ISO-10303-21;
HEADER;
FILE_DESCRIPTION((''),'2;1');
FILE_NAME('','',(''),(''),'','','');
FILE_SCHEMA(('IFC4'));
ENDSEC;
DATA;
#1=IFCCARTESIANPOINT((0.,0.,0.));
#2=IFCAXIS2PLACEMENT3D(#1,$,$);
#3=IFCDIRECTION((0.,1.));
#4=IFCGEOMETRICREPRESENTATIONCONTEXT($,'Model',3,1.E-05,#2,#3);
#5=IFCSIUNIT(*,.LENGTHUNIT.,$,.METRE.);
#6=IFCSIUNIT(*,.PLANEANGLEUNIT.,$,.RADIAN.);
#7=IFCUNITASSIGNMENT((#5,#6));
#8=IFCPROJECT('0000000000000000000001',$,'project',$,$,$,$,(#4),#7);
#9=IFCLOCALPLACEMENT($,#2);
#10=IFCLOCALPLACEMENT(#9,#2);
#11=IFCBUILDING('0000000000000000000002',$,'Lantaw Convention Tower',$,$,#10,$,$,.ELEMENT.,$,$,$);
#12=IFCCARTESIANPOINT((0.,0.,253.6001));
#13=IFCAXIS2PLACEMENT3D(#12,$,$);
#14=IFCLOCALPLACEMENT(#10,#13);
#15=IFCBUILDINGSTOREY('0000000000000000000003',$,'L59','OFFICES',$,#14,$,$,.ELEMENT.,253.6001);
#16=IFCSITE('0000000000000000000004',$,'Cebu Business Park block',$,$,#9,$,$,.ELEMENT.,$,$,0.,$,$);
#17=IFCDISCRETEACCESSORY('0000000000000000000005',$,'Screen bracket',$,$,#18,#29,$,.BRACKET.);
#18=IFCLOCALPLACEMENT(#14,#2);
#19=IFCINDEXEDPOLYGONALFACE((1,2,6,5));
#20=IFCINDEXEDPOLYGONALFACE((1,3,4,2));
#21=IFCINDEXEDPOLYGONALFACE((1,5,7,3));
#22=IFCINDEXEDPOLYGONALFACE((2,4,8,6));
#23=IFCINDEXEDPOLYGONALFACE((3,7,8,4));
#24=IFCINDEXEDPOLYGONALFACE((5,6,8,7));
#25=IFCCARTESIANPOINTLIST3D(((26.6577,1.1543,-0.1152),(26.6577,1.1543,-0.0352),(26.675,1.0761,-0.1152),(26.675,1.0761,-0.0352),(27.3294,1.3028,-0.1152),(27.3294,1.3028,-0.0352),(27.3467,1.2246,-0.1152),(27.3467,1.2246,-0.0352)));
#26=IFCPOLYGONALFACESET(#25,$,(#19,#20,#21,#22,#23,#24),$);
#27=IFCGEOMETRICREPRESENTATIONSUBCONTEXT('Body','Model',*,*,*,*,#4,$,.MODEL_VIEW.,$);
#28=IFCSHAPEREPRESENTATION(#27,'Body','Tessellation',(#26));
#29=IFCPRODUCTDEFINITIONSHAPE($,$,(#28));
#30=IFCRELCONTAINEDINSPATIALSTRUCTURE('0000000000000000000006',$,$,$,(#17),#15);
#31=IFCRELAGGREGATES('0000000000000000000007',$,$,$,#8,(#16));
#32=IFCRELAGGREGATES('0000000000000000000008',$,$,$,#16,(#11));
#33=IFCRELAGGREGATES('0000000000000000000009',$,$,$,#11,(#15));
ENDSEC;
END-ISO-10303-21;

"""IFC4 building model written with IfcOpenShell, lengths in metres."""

from ifc_helpers import new_model, si_unit, direction, frame, origin, origin_2d, place, context, subcontext, project, spatial, rectangle, extrude, element, save


model = new_model("IFC4")

# Units and contexts
model_context = context("Model", 3, precision=1e-05, world=origin(), true_north=direction((0.0, 1.0)))
body_context = subcontext(model_context, "Body", "Model", "MODEL_VIEW")
ifc_project = project(units=[si_unit("LENGTHUNIT", "METRE"), si_unit("PLANEANGLEUNIT", "RADIAN")], contexts=[model_context])

# Site, building, storey
site_placement = place(None, origin())
site = spatial("IfcSite", under=ifc_project, at=site_placement, Name="Cebu Business Park block", CompositionType="ELEMENT", RefElevation=0.0)
building_placement = place(site_placement, origin())
building = spatial("IfcBuilding", under=site, at=building_placement, Name="Lantaw Convention Tower", CompositionType="ELEMENT")
storey_placement = place(building_placement, frame((0.0, 0.0, 253.6001)))
storey = spatial("IfcBuildingStorey", under=building, at=storey_placement, Name="L59", Description="OFFICES", CompositionType="ELEMENT", Elevation=253.6001)

# Discrete accessory
discrete_accessory_placement = place(storey_placement, frame((27.0022, 1.1895, -0.1152), z_axis=(0.0, 0.0, 1.0), x_axis=(-0.215891, 0.976417, 0.0)))
element("IfcDiscreteAccessory", 1, at=discrete_accessory_placement, inside=storey, Name="Screen bracket", PredefinedType="BRACKET", context=body_context, shape_type="SweptSolid", body=[
    extrude(rectangle(XDim=0.0801, YDim=0.688, at=origin_2d()), origin(), (0.0, 0.0, 1.0), 0.0801),
])

save(model, "model.ifc")
